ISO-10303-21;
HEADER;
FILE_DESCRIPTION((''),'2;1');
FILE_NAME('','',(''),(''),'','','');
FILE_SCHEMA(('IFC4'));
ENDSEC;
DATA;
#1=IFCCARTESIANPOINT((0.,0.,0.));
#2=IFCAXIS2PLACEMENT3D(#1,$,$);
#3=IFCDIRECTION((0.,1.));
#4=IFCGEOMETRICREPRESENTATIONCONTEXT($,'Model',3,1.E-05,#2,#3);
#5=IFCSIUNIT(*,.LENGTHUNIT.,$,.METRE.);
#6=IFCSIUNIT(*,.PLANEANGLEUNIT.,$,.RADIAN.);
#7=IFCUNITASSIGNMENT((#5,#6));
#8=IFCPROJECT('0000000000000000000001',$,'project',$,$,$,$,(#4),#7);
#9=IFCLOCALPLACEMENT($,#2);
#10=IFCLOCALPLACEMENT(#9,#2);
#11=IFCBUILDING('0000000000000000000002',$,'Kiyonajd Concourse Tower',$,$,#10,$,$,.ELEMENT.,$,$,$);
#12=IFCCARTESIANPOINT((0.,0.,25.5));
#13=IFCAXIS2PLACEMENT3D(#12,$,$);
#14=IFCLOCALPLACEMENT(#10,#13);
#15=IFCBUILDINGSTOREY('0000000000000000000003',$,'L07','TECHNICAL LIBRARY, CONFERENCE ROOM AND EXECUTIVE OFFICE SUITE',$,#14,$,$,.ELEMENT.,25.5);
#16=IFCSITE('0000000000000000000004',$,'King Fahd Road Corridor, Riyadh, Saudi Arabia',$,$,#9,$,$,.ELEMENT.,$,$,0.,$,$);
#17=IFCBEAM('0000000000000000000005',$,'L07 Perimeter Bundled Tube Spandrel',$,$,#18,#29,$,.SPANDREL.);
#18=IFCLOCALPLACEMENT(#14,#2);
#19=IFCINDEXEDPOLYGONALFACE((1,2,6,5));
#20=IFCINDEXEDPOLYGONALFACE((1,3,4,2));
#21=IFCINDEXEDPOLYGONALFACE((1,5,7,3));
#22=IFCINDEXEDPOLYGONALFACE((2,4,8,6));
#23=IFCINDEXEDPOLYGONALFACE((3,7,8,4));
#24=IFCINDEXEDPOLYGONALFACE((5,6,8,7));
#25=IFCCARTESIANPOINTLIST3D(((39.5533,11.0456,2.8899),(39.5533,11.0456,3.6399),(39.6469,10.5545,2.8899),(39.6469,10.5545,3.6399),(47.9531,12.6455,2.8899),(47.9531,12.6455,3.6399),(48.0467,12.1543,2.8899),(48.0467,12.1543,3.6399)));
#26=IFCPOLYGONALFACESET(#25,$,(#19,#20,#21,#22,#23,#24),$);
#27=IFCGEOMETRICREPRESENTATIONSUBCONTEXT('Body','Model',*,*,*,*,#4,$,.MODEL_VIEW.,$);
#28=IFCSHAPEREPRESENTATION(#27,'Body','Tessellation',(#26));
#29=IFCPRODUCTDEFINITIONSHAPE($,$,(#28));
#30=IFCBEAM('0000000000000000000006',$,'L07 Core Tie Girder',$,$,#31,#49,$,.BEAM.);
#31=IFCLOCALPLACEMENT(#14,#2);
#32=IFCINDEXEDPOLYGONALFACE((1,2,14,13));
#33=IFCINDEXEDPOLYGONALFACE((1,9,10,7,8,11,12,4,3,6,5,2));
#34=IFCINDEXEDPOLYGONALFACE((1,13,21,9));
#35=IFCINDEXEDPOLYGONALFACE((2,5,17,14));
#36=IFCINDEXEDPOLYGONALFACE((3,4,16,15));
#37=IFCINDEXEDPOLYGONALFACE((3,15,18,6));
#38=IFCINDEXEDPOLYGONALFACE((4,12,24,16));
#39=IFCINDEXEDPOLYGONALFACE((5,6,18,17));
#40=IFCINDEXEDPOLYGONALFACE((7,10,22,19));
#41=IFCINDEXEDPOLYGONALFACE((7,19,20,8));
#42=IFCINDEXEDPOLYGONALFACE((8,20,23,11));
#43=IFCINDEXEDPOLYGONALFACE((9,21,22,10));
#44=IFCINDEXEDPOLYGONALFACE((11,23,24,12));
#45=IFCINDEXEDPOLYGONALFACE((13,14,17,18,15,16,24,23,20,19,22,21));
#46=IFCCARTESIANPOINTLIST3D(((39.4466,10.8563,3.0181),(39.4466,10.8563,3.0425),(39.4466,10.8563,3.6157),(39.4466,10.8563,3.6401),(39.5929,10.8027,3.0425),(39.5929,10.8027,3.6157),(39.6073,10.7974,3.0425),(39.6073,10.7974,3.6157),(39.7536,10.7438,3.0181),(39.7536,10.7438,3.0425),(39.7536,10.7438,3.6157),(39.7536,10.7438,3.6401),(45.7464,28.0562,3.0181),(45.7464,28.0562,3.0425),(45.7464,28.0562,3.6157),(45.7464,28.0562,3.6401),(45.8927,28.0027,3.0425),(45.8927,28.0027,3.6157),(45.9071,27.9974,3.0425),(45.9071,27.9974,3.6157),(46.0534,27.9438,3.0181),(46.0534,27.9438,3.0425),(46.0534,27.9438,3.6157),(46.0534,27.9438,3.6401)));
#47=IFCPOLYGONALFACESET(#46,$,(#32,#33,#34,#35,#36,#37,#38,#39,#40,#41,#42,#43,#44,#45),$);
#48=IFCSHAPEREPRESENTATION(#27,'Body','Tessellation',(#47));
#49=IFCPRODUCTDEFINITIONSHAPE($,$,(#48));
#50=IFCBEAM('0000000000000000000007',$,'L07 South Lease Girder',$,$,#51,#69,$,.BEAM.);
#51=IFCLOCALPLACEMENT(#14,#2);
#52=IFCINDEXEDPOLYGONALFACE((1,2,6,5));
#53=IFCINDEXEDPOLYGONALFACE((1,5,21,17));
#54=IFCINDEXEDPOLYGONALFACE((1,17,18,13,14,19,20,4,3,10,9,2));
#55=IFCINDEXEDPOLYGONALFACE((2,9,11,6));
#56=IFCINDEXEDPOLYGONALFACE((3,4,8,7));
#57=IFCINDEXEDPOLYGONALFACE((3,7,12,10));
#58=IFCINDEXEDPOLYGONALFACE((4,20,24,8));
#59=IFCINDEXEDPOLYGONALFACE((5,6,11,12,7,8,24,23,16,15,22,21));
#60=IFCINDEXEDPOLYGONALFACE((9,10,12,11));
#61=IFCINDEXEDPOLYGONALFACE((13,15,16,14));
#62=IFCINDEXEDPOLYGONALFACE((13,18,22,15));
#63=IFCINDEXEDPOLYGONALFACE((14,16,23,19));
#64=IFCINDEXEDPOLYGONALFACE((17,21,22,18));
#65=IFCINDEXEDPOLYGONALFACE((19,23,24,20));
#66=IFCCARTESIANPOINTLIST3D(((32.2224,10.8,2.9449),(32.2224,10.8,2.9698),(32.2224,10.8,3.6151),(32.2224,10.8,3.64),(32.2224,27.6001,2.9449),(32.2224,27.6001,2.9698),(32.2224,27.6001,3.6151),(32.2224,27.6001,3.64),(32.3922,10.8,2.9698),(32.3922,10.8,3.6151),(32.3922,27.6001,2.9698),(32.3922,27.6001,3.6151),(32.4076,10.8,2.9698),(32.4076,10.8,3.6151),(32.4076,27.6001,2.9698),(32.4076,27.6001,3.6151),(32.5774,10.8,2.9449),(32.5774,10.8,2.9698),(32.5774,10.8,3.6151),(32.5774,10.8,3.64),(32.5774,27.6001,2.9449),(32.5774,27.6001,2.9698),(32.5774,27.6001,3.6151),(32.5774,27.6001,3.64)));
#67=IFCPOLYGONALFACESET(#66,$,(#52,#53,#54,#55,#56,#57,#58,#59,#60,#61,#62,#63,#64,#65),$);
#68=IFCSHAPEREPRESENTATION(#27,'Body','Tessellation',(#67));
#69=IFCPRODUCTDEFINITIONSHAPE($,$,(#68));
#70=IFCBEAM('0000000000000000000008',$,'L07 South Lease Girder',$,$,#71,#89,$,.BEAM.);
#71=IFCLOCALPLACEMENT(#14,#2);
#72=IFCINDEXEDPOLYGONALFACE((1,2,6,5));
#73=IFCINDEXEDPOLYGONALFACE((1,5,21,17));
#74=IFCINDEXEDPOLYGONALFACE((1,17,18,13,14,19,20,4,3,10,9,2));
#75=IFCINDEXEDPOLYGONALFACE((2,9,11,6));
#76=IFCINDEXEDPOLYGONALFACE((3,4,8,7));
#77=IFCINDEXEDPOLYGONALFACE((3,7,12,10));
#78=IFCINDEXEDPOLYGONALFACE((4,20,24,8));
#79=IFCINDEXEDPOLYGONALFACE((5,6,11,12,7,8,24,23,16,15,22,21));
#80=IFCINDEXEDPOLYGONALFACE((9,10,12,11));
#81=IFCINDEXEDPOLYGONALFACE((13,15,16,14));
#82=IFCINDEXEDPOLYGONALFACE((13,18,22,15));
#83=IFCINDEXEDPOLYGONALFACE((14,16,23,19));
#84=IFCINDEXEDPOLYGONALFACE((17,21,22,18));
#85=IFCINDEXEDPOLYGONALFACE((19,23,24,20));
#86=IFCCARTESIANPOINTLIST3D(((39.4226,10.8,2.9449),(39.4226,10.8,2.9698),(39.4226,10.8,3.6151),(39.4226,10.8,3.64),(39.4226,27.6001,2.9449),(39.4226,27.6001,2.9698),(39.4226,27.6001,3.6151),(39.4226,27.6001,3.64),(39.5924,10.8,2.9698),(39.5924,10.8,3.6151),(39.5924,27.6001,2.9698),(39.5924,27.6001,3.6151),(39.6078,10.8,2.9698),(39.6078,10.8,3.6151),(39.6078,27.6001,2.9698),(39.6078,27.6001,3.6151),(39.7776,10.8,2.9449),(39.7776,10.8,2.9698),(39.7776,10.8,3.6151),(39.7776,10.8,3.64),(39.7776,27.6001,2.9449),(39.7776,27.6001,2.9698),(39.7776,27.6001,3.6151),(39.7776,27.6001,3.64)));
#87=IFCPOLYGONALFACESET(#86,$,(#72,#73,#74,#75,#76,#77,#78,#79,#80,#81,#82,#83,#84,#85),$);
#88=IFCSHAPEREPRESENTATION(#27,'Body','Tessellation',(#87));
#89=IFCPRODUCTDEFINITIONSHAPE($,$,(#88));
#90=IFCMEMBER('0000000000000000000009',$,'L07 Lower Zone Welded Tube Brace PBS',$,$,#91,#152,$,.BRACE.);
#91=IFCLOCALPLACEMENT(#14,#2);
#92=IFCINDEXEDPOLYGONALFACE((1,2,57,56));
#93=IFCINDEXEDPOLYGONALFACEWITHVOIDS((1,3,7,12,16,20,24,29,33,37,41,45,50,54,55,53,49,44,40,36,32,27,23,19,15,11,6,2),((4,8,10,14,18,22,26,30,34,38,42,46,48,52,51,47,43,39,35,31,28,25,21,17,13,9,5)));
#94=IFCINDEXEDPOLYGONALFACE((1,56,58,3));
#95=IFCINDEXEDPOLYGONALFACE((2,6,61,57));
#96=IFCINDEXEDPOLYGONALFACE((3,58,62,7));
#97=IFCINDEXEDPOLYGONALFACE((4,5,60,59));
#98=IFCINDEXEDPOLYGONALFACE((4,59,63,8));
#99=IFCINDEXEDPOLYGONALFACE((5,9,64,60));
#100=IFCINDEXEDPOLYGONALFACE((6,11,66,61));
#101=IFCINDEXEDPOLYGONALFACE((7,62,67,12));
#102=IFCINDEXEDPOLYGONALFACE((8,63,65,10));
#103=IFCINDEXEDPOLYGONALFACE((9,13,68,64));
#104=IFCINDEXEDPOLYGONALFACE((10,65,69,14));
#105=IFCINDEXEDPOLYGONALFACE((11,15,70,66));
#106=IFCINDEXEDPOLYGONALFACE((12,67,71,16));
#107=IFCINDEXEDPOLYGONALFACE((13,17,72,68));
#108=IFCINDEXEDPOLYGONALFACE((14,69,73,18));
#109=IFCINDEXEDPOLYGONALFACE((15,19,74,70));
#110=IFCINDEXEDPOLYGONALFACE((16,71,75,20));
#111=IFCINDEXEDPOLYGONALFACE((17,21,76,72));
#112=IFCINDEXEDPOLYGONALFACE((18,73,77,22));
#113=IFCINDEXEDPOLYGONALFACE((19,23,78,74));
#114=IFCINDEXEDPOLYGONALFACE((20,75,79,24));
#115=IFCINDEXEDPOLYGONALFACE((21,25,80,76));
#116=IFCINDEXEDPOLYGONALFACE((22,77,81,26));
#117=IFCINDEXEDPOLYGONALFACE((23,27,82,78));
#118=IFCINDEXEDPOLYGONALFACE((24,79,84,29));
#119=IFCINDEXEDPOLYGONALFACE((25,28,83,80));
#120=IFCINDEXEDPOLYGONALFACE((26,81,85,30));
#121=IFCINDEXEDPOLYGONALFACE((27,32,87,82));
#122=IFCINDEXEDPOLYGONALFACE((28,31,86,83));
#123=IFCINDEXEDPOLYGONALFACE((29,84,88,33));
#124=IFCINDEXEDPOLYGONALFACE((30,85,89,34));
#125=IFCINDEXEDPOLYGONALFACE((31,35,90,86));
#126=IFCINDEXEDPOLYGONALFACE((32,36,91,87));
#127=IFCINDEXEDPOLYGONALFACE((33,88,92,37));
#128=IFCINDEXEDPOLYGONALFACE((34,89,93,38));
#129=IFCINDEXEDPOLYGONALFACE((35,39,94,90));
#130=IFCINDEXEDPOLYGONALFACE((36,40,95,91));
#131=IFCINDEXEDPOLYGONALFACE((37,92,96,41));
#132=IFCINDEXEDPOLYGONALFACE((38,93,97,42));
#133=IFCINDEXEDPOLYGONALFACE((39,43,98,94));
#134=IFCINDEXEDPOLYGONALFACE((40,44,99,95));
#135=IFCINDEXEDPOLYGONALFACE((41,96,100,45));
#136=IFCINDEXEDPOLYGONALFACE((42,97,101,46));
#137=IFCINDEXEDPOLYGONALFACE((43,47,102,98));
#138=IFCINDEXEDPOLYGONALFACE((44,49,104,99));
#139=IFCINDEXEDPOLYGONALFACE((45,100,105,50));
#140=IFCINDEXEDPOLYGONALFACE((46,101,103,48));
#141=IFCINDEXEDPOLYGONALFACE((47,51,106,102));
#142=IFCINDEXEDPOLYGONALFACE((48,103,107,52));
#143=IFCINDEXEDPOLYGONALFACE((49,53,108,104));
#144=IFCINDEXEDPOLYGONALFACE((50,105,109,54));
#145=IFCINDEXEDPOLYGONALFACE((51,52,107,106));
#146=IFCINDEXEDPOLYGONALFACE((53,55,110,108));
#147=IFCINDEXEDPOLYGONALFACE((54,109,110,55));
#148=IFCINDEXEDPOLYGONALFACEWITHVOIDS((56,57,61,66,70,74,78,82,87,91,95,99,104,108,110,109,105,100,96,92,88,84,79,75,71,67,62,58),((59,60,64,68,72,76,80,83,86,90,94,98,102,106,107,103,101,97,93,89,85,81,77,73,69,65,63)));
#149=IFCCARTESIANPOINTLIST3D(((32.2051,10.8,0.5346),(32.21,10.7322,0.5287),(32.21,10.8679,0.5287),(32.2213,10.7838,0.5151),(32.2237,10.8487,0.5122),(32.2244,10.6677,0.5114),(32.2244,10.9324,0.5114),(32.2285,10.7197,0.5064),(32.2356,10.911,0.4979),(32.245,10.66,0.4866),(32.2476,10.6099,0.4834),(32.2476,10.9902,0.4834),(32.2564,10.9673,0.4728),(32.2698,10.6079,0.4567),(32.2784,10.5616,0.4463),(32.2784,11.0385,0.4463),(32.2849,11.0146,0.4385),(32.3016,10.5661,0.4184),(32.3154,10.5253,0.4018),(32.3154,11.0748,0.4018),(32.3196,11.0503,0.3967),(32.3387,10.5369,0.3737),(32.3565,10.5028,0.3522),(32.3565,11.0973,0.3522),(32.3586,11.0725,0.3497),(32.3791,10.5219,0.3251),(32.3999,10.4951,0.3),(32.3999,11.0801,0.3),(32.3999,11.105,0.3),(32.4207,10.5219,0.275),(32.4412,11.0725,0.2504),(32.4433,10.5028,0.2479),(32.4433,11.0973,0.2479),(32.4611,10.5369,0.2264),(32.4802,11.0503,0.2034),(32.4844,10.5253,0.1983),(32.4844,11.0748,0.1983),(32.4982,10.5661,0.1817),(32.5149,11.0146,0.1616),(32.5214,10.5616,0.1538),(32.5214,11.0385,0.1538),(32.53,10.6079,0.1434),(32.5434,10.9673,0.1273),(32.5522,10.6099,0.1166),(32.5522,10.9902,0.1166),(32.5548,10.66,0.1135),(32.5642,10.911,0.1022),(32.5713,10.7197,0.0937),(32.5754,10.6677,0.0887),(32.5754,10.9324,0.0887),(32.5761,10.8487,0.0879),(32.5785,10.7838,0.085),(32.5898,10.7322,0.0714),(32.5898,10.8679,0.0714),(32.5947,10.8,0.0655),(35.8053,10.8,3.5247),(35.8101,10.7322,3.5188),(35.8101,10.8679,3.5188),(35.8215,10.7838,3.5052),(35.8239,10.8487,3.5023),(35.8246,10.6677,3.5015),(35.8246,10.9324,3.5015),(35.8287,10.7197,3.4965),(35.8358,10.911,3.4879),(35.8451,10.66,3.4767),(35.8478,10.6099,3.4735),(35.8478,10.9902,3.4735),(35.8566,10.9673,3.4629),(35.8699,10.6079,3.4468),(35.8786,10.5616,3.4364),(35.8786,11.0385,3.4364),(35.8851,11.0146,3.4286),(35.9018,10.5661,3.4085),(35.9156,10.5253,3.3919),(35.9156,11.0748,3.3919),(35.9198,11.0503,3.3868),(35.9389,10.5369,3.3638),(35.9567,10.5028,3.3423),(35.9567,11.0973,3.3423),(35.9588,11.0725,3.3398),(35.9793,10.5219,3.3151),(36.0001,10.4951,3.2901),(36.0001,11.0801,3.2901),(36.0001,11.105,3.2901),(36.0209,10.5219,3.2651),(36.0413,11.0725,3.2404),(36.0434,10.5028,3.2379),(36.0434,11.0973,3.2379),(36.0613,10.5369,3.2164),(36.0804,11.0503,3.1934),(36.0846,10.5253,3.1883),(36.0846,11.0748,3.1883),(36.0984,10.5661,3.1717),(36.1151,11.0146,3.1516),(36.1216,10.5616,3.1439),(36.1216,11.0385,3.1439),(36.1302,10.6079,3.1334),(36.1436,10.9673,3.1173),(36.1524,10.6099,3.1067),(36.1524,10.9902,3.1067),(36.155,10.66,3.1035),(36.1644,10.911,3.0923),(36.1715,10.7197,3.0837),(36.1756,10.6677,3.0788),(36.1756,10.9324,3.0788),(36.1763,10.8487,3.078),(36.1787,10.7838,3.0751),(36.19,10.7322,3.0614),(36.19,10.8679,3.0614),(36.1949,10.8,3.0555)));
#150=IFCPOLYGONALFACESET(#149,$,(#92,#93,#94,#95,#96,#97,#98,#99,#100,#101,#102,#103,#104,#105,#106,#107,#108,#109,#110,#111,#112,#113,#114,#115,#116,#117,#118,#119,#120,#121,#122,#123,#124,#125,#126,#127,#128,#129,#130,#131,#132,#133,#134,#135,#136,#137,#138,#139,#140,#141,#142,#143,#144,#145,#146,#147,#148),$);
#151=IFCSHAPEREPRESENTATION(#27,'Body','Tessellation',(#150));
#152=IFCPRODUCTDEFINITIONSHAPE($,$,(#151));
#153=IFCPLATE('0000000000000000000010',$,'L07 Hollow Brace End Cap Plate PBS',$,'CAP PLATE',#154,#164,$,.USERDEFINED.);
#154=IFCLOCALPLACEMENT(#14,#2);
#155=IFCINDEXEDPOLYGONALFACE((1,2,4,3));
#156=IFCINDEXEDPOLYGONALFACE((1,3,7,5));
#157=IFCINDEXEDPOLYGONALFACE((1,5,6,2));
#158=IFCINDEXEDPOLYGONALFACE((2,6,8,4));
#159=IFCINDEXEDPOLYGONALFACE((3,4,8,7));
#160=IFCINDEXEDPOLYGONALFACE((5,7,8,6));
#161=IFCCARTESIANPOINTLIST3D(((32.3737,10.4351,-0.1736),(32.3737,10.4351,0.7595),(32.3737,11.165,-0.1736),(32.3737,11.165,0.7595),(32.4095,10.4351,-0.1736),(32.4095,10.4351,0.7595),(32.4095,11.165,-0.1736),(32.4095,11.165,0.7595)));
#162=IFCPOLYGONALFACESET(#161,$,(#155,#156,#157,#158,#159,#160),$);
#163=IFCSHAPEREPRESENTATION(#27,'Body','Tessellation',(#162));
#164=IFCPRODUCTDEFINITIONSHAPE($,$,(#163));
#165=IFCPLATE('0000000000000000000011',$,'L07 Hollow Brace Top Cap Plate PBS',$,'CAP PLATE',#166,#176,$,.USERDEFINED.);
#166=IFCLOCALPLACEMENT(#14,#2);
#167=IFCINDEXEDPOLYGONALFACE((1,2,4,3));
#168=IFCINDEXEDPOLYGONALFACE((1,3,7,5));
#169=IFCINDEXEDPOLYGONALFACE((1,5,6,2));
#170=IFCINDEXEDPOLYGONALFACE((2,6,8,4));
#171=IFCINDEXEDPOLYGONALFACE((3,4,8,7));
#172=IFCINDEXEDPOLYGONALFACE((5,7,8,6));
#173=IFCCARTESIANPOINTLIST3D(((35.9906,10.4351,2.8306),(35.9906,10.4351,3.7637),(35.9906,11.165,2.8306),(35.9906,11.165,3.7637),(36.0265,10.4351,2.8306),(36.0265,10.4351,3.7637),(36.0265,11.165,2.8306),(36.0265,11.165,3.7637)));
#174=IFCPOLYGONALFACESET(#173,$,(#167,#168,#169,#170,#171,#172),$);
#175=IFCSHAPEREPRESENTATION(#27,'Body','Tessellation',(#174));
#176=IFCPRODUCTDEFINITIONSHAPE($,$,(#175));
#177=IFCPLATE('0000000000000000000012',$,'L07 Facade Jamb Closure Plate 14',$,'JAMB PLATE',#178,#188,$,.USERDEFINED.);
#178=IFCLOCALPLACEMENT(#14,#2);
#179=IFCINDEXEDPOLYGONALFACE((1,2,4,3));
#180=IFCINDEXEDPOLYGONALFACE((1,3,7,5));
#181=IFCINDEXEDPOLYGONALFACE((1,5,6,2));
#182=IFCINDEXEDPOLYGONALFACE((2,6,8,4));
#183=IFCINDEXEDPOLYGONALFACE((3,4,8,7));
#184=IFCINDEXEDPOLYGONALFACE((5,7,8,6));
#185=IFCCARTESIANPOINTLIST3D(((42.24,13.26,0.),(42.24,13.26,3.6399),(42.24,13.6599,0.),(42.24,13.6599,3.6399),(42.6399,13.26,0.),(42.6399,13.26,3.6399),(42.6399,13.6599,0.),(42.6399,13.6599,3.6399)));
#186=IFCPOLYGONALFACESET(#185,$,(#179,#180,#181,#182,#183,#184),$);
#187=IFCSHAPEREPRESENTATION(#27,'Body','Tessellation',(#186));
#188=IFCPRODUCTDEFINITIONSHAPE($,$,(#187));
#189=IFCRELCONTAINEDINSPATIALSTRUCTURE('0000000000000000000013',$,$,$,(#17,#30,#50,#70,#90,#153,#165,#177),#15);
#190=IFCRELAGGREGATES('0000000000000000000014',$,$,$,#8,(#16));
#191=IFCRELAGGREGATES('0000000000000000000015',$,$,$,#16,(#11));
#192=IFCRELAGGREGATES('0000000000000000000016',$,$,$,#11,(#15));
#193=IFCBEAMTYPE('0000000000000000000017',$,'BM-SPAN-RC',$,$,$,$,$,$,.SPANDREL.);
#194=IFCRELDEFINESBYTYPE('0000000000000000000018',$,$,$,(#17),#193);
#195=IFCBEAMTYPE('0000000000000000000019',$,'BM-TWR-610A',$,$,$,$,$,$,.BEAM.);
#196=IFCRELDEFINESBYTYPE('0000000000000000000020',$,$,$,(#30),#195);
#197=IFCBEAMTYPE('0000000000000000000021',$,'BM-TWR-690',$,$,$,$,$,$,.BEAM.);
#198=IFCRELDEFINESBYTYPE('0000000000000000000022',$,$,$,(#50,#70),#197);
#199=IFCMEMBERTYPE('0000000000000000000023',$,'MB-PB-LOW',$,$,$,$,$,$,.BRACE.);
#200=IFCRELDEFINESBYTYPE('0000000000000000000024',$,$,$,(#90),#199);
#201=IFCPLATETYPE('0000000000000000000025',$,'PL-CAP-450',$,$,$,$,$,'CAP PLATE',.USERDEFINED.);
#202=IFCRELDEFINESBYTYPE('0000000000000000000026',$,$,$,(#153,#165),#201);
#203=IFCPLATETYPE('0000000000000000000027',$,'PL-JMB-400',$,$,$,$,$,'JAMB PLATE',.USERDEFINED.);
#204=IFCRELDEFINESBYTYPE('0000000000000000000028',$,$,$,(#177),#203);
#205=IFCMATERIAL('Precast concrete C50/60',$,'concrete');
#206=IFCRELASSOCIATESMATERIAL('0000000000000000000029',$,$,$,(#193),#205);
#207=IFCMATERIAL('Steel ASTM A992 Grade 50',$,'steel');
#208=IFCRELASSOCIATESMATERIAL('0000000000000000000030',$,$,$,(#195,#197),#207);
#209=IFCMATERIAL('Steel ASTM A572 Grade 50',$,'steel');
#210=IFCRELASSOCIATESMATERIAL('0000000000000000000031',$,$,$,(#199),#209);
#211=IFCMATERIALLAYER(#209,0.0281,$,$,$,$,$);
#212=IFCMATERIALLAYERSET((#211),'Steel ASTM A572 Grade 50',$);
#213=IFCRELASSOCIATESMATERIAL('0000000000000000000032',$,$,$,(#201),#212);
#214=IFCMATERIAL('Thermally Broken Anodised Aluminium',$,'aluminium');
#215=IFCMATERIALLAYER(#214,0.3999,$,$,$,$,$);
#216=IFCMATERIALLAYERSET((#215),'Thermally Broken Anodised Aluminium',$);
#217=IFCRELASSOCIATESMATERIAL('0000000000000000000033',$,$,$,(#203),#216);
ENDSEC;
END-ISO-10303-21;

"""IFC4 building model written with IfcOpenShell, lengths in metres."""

from ifc_helpers import new_model, si_unit, direction, frame, origin, origin_2d, place, context, subcontext, project, spatial, rectangle, hollow_circle, i_section, extrude, material, layer, layer_set, material_profile, profile_set, type_object, element, save


model = new_model("IFC4")

# Units and contexts
model_context = context("Model", 3, precision=1e-05, world=origin(), true_north=direction((0.0, 1.0)))
body_context = subcontext(model_context, "Body", "Model", "MODEL_VIEW")
ifc_project = project(units=[si_unit("LENGTHUNIT", "METRE"), si_unit("PLANEANGLEUNIT", "RADIAN")], contexts=[model_context])

# Site, building, storey
site_placement = place(None, origin())
site = spatial("IfcSite", under=ifc_project, at=site_placement, Name="King Fahd Road Corridor, Riyadh, Saudi Arabia", CompositionType="ELEMENT", RefElevation=0.0)
building_placement = place(site_placement, origin())
building = spatial("IfcBuilding", under=site, at=building_placement, Name="Kiyonajd Concourse Tower", CompositionType="ELEMENT")
storey_placement = place(building_placement, frame((0.0, 0.0, 25.5)))
storey = spatial("IfcBuildingStorey", under=building, at=storey_placement, Name="L07", Description="TECHNICAL LIBRARY, CONFERENCE ROOM AND EXECUTIVE OFFICE SUITE", CompositionType="ELEMENT", Elevation=25.5)

# Beams
ifc_material_1 = material(Name="Steel ASTM A992 Grade 50", Category="steel")
ifc_material_2 = material(Name="Precast concrete C50/60", Category="concrete")
ifc_material_profile_1 = material_profile(ifc_material_2, rectangle(XDim=0.5, YDim=0.75, at=origin_2d()), Name="RCBM-500x750")
ifc_profile_set_1 = profile_set([ifc_material_profile_1], Name="Precast concrete C50/60")
beam_type_1 = type_object("IfcBeamType", Name="BM-SPAN-RC", PredefinedType="SPANDREL", material=ifc_profile_set_1)
beam_1_placement = place(storey_placement, frame((39.6001, 10.8, 3.2649), z_axis=(0.982341, 0.187098, 0.0), x_axis=(-0.187098, 0.982341, 0.0)))
element("IfcBeam", 1, at=beam_1_placement, inside=storey, type_object=beam_type_1, Name="L07 Perimeter Bundled Tube Spandrel", PredefinedType="SPANDREL", context=body_context, shape_type="SweptSolid", body=[
    extrude(rectangle(XDim=0.5, YDim=0.75, at=origin_2d()), origin(), (0.0, 0.0, 1.0), 8.5508),
])
ifc_material_profile_2 = material_profile(ifc_material_1, i_section(OverallWidth=0.3269, OverallDepth=0.6221, WebThickness=0.0154, FlangeThickness=0.0244, at=origin_2d()), Name="W610X195")
ifc_profile_set_2 = profile_set([ifc_material_profile_2], Name="Steel ASTM A992 Grade 50")
beam_type_2 = type_object("IfcBeamType", Name="BM-TWR-610A", PredefinedType="BEAM", material=ifc_profile_set_2)
beam_2_placement = place(storey_placement, frame((39.6001, 10.8, 3.3291), z_axis=(0.343925, 0.938997, 0.0), x_axis=(-0.938997, 0.343925, 0.0)))
element("IfcBeam", 2, at=beam_2_placement, inside=storey, type_object=beam_type_2, Name="L07 Core Tie Girder", PredefinedType="BEAM", context=body_context, shape_type="SweptSolid", body=[
    extrude(i_section(OverallWidth=0.3269, OverallDepth=0.6221, WebThickness=0.0154, FlangeThickness=0.0244, at=origin_2d()), origin(), (0.0, 0.0, 1.0), 18.3174),
])
ifc_material_profile_3 = material_profile(ifc_material_1, i_section(OverallWidth=0.355, OverallDepth=0.6951, WebThickness=0.0154, FlangeThickness=0.0249, at=origin_2d()), Name="W690X217")
ifc_profile_set_3 = profile_set([ifc_material_profile_3], Name="Steel ASTM A992 Grade 50")
beam_type_3 = type_object("IfcBeamType", Name="BM-TWR-690", PredefinedType="BEAM", material=ifc_profile_set_3)
for number, where, z_axis, x_axis, name in (
    (3, (32.3999, 10.8, 3.2925), (0.0, 1.0, 0.0), (-1.0, 0.0, 0.0), "L07 South Lease Girder"),
    (4, (39.6001, 10.8, 3.2925), (0.0, 1.0, 0.0), (-1.0, 0.0, 0.0), "L07 South Lease Girder"),
):
    element("IfcBeam", number, at=place(storey_placement, frame(where, z_axis=z_axis, x_axis=x_axis)), inside=storey, type_object=beam_type_3, Name=name, PredefinedType="BEAM", context=body_context, shape_type="SweptSolid", body=[
        extrude(i_section(OverallWidth=0.355, OverallDepth=0.6951, WebThickness=0.0154, FlangeThickness=0.0249, at=origin_2d()), origin(), (0.0, 0.0, 1.0), 16.8),
    ])

# Member
ifc_material_3 = material(Name="Steel ASTM A572 Grade 50", Category="steel")
ifc_material_profile_4 = material_profile(ifc_material_3, hollow_circle(Radius=0.3049, WallThickness=0.0249, at=origin_2d()), Name="CHS-610x25")
ifc_profile_set_4 = profile_set([ifc_material_profile_4], Name="Steel ASTM A572 Grade 50")
member_type = type_object("IfcMemberType", Name="MB-PB-LOW", PredefinedType="BRACE", material=ifc_profile_set_4)
member_placement = place(storey_placement, frame((32.3999, 10.8, 0.3), z_axis=(0.769281, 0.0, 0.638911), x_axis=(0.0, 1.0, 0.0)))
element("IfcMember", 5, at=member_placement, inside=storey, type_object=member_type, Name="L07 Lower Zone Welded Tube Brace PBS", PredefinedType="BRACE", context=body_context, shape_type="SweptSolid", body=[
    extrude(hollow_circle(Radius=0.3049, WallThickness=0.0249, at=origin_2d()), origin(), (0.0, 0.0, 1.0), 4.6799),
])

# Plates
ifc_layer_1 = layer(ifc_material_3, 0.0281)
ifc_layer_set_1 = layer_set([ifc_layer_1], Name="Steel ASTM A572 Grade 50")
plate_type_1 = type_object("IfcPlateType", Name="PL-CAP-450", ElementType="CAP PLATE", PredefinedType="USERDEFINED", material=ifc_layer_set_1)
for number, where, z_axis, x_axis, name in (
    (6, (32.3916, 10.8, -0.1736), (0.0, 0.0, 1.0), (-1.0, 0.0, 0.0), "L07 Hollow Brace End Cap Plate PBS"),
    (7, (36.0085, 10.8, 2.8306), (0.0, 0.0, 1.0), (1.0, 0.0, 0.0), "L07 Hollow Brace Top Cap Plate PBS"),
):
    element("IfcPlate", number, at=place(storey_placement, frame(where, z_axis=z_axis, x_axis=x_axis)), inside=storey, type_object=plate_type_1, Name=name, ObjectType="CAP PLATE", PredefinedType="USERDEFINED", context=body_context, shape_type="SweptSolid", body=[
        extrude(rectangle(XDim=0.0359, YDim=0.73, at=origin_2d()), origin(), (0.0, 0.0, 1.0), 0.9331),
    ])
ifc_material_4 = material(Name="Thermally Broken Anodised Aluminium", Category="aluminium")
ifc_layer_2 = layer(ifc_material_4, 0.3999)
ifc_layer_set_2 = layer_set([ifc_layer_2], Name="Thermally Broken Anodised Aluminium")
plate_type_2 = type_object("IfcPlateType", Name="PL-JMB-400", ElementType="JAMB PLATE", PredefinedType="USERDEFINED", material=ifc_layer_set_2)
plate_placement = place(storey_placement, frame((42.4399, 13.46, 0.0), z_axis=(0.0, 0.0, 1.0), x_axis=(1.0, 0.0, 0.0)))
element("IfcPlate", 8, at=plate_placement, inside=storey, type_object=plate_type_2, Name="L07 Facade Jamb Closure Plate 14", ObjectType="JAMB PLATE", PredefinedType="USERDEFINED", context=body_context, shape_type="SweptSolid", body=[
    extrude(rectangle(XDim=0.3999, YDim=0.3999, at=origin_2d()), origin(), (0.0, 0.0, 1.0), 3.6399),
])

save(model, "model.ifc")
